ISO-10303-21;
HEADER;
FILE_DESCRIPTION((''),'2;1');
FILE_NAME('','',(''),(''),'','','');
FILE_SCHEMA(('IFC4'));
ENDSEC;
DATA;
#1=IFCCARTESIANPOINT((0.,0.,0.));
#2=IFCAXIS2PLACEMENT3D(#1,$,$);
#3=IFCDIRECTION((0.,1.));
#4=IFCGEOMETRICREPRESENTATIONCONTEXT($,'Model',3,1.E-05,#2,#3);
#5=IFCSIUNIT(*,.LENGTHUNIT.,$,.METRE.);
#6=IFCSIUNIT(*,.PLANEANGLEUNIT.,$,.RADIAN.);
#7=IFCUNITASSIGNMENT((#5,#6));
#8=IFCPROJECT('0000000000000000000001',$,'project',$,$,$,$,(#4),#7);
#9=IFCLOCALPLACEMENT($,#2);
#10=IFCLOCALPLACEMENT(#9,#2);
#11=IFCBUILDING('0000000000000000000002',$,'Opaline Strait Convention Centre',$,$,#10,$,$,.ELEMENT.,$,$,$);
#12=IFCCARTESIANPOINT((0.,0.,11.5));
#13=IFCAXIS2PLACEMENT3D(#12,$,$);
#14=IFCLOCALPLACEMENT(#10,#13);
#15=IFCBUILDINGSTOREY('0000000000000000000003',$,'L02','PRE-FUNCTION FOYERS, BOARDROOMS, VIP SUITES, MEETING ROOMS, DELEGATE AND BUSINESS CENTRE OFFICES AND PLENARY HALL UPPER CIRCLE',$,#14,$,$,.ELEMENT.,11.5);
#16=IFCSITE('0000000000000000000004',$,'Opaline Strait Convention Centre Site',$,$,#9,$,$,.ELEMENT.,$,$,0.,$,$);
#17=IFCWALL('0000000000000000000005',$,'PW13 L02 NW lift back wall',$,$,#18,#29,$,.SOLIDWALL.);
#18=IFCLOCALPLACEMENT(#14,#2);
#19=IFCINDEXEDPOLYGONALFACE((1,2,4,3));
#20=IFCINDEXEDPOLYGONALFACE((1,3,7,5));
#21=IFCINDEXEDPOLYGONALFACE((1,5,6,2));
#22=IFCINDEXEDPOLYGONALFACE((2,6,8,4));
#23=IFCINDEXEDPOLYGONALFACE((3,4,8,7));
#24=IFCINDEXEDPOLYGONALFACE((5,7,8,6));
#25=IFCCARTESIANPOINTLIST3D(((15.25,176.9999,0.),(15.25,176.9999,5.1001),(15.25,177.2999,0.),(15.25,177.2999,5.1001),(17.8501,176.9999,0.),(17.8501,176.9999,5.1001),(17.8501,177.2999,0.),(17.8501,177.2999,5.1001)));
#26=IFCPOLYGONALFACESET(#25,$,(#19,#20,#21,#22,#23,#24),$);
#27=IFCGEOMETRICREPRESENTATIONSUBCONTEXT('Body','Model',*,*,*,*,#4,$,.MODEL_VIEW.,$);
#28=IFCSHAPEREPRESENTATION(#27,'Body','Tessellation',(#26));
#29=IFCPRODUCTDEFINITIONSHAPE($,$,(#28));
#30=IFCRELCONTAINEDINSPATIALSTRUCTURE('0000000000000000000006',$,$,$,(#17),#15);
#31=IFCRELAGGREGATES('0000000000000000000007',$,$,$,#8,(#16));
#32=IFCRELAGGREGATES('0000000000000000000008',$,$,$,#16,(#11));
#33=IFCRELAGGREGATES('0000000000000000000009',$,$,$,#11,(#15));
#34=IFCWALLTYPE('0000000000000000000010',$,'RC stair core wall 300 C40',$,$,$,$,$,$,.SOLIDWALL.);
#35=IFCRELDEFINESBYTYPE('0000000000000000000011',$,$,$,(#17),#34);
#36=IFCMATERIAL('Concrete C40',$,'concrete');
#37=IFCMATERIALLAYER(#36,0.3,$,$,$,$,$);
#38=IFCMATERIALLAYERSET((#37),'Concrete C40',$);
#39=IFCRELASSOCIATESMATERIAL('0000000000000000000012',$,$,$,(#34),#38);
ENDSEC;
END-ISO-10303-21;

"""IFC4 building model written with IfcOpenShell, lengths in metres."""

from ifc_helpers import new_model, si_unit, direction, frame, frame_2d, origin, place, context, subcontext, project, spatial, rectangle, extrude, material, layer, layer_set, type_object, element, save


model = new_model("IFC4")

# Units and contexts
model_context = context("Model", 3, precision=1e-05, world=origin(), true_north=direction((0.0, 1.0)))
body_context = subcontext(model_context, "Body", "Model", "MODEL_VIEW")
ifc_project = project(units=[si_unit("LENGTHUNIT", "METRE"), si_unit("PLANEANGLEUNIT", "RADIAN")], contexts=[model_context])

# Site, building, storey
site_placement = place(None, origin())
site = spatial("IfcSite", under=ifc_project, at=site_placement, Name="Opaline Strait Convention Centre Site", CompositionType="ELEMENT", RefElevation=0.0)
building_placement = place(site_placement, origin())
building = spatial("IfcBuilding", under=site, at=building_placement, Name="Opaline Strait Convention Centre", CompositionType="ELEMENT")
storey_placement = place(building_placement, frame((0.0, 0.0, 11.5)))
storey = spatial("IfcBuildingStorey", under=building, at=storey_placement, Name="L02", Description="PRE-FUNCTION FOYERS, BOARDROOMS, VIP SUITES, MEETING ROOMS, DELEGATE AND BUSINESS CENTRE OFFICES AND PLENARY HALL UPPER CIRCLE", CompositionType="ELEMENT", Elevation=11.5)

# Shared definitions
ifc_material_1 = material(Name="Concrete C40", Category="concrete")

# Wall
ifc_layer_1 = layer(ifc_material_1, 0.3)
ifc_layer_set_1 = layer_set([ifc_layer_1], Name="Concrete C40")
wall_type = type_object("IfcWallType", Name="RC stair core wall 300 C40", PredefinedType="SOLIDWALL", material=ifc_layer_set_1)
wall_1_placement = place(storey_placement, frame((15.25, 177.1499, 0.0), z_axis=(0.0, 0.0, 1.0), x_axis=(1.0, 0.0, 0.0)))
element("IfcWall", 1, at=wall_1_placement, inside=storey, type_object=wall_type, Name="PW13 L02 NW lift back wall", PredefinedType="SOLIDWALL", context=body_context, shape_type="SweptSolid", body=[
    extrude(rectangle(XDim=2.6001, YDim=0.3, at=frame_2d((1.3, 0.0))), origin(), (0.0, 0.0, 1.0), 5.1001),
])

save(model, "model.ifc")
